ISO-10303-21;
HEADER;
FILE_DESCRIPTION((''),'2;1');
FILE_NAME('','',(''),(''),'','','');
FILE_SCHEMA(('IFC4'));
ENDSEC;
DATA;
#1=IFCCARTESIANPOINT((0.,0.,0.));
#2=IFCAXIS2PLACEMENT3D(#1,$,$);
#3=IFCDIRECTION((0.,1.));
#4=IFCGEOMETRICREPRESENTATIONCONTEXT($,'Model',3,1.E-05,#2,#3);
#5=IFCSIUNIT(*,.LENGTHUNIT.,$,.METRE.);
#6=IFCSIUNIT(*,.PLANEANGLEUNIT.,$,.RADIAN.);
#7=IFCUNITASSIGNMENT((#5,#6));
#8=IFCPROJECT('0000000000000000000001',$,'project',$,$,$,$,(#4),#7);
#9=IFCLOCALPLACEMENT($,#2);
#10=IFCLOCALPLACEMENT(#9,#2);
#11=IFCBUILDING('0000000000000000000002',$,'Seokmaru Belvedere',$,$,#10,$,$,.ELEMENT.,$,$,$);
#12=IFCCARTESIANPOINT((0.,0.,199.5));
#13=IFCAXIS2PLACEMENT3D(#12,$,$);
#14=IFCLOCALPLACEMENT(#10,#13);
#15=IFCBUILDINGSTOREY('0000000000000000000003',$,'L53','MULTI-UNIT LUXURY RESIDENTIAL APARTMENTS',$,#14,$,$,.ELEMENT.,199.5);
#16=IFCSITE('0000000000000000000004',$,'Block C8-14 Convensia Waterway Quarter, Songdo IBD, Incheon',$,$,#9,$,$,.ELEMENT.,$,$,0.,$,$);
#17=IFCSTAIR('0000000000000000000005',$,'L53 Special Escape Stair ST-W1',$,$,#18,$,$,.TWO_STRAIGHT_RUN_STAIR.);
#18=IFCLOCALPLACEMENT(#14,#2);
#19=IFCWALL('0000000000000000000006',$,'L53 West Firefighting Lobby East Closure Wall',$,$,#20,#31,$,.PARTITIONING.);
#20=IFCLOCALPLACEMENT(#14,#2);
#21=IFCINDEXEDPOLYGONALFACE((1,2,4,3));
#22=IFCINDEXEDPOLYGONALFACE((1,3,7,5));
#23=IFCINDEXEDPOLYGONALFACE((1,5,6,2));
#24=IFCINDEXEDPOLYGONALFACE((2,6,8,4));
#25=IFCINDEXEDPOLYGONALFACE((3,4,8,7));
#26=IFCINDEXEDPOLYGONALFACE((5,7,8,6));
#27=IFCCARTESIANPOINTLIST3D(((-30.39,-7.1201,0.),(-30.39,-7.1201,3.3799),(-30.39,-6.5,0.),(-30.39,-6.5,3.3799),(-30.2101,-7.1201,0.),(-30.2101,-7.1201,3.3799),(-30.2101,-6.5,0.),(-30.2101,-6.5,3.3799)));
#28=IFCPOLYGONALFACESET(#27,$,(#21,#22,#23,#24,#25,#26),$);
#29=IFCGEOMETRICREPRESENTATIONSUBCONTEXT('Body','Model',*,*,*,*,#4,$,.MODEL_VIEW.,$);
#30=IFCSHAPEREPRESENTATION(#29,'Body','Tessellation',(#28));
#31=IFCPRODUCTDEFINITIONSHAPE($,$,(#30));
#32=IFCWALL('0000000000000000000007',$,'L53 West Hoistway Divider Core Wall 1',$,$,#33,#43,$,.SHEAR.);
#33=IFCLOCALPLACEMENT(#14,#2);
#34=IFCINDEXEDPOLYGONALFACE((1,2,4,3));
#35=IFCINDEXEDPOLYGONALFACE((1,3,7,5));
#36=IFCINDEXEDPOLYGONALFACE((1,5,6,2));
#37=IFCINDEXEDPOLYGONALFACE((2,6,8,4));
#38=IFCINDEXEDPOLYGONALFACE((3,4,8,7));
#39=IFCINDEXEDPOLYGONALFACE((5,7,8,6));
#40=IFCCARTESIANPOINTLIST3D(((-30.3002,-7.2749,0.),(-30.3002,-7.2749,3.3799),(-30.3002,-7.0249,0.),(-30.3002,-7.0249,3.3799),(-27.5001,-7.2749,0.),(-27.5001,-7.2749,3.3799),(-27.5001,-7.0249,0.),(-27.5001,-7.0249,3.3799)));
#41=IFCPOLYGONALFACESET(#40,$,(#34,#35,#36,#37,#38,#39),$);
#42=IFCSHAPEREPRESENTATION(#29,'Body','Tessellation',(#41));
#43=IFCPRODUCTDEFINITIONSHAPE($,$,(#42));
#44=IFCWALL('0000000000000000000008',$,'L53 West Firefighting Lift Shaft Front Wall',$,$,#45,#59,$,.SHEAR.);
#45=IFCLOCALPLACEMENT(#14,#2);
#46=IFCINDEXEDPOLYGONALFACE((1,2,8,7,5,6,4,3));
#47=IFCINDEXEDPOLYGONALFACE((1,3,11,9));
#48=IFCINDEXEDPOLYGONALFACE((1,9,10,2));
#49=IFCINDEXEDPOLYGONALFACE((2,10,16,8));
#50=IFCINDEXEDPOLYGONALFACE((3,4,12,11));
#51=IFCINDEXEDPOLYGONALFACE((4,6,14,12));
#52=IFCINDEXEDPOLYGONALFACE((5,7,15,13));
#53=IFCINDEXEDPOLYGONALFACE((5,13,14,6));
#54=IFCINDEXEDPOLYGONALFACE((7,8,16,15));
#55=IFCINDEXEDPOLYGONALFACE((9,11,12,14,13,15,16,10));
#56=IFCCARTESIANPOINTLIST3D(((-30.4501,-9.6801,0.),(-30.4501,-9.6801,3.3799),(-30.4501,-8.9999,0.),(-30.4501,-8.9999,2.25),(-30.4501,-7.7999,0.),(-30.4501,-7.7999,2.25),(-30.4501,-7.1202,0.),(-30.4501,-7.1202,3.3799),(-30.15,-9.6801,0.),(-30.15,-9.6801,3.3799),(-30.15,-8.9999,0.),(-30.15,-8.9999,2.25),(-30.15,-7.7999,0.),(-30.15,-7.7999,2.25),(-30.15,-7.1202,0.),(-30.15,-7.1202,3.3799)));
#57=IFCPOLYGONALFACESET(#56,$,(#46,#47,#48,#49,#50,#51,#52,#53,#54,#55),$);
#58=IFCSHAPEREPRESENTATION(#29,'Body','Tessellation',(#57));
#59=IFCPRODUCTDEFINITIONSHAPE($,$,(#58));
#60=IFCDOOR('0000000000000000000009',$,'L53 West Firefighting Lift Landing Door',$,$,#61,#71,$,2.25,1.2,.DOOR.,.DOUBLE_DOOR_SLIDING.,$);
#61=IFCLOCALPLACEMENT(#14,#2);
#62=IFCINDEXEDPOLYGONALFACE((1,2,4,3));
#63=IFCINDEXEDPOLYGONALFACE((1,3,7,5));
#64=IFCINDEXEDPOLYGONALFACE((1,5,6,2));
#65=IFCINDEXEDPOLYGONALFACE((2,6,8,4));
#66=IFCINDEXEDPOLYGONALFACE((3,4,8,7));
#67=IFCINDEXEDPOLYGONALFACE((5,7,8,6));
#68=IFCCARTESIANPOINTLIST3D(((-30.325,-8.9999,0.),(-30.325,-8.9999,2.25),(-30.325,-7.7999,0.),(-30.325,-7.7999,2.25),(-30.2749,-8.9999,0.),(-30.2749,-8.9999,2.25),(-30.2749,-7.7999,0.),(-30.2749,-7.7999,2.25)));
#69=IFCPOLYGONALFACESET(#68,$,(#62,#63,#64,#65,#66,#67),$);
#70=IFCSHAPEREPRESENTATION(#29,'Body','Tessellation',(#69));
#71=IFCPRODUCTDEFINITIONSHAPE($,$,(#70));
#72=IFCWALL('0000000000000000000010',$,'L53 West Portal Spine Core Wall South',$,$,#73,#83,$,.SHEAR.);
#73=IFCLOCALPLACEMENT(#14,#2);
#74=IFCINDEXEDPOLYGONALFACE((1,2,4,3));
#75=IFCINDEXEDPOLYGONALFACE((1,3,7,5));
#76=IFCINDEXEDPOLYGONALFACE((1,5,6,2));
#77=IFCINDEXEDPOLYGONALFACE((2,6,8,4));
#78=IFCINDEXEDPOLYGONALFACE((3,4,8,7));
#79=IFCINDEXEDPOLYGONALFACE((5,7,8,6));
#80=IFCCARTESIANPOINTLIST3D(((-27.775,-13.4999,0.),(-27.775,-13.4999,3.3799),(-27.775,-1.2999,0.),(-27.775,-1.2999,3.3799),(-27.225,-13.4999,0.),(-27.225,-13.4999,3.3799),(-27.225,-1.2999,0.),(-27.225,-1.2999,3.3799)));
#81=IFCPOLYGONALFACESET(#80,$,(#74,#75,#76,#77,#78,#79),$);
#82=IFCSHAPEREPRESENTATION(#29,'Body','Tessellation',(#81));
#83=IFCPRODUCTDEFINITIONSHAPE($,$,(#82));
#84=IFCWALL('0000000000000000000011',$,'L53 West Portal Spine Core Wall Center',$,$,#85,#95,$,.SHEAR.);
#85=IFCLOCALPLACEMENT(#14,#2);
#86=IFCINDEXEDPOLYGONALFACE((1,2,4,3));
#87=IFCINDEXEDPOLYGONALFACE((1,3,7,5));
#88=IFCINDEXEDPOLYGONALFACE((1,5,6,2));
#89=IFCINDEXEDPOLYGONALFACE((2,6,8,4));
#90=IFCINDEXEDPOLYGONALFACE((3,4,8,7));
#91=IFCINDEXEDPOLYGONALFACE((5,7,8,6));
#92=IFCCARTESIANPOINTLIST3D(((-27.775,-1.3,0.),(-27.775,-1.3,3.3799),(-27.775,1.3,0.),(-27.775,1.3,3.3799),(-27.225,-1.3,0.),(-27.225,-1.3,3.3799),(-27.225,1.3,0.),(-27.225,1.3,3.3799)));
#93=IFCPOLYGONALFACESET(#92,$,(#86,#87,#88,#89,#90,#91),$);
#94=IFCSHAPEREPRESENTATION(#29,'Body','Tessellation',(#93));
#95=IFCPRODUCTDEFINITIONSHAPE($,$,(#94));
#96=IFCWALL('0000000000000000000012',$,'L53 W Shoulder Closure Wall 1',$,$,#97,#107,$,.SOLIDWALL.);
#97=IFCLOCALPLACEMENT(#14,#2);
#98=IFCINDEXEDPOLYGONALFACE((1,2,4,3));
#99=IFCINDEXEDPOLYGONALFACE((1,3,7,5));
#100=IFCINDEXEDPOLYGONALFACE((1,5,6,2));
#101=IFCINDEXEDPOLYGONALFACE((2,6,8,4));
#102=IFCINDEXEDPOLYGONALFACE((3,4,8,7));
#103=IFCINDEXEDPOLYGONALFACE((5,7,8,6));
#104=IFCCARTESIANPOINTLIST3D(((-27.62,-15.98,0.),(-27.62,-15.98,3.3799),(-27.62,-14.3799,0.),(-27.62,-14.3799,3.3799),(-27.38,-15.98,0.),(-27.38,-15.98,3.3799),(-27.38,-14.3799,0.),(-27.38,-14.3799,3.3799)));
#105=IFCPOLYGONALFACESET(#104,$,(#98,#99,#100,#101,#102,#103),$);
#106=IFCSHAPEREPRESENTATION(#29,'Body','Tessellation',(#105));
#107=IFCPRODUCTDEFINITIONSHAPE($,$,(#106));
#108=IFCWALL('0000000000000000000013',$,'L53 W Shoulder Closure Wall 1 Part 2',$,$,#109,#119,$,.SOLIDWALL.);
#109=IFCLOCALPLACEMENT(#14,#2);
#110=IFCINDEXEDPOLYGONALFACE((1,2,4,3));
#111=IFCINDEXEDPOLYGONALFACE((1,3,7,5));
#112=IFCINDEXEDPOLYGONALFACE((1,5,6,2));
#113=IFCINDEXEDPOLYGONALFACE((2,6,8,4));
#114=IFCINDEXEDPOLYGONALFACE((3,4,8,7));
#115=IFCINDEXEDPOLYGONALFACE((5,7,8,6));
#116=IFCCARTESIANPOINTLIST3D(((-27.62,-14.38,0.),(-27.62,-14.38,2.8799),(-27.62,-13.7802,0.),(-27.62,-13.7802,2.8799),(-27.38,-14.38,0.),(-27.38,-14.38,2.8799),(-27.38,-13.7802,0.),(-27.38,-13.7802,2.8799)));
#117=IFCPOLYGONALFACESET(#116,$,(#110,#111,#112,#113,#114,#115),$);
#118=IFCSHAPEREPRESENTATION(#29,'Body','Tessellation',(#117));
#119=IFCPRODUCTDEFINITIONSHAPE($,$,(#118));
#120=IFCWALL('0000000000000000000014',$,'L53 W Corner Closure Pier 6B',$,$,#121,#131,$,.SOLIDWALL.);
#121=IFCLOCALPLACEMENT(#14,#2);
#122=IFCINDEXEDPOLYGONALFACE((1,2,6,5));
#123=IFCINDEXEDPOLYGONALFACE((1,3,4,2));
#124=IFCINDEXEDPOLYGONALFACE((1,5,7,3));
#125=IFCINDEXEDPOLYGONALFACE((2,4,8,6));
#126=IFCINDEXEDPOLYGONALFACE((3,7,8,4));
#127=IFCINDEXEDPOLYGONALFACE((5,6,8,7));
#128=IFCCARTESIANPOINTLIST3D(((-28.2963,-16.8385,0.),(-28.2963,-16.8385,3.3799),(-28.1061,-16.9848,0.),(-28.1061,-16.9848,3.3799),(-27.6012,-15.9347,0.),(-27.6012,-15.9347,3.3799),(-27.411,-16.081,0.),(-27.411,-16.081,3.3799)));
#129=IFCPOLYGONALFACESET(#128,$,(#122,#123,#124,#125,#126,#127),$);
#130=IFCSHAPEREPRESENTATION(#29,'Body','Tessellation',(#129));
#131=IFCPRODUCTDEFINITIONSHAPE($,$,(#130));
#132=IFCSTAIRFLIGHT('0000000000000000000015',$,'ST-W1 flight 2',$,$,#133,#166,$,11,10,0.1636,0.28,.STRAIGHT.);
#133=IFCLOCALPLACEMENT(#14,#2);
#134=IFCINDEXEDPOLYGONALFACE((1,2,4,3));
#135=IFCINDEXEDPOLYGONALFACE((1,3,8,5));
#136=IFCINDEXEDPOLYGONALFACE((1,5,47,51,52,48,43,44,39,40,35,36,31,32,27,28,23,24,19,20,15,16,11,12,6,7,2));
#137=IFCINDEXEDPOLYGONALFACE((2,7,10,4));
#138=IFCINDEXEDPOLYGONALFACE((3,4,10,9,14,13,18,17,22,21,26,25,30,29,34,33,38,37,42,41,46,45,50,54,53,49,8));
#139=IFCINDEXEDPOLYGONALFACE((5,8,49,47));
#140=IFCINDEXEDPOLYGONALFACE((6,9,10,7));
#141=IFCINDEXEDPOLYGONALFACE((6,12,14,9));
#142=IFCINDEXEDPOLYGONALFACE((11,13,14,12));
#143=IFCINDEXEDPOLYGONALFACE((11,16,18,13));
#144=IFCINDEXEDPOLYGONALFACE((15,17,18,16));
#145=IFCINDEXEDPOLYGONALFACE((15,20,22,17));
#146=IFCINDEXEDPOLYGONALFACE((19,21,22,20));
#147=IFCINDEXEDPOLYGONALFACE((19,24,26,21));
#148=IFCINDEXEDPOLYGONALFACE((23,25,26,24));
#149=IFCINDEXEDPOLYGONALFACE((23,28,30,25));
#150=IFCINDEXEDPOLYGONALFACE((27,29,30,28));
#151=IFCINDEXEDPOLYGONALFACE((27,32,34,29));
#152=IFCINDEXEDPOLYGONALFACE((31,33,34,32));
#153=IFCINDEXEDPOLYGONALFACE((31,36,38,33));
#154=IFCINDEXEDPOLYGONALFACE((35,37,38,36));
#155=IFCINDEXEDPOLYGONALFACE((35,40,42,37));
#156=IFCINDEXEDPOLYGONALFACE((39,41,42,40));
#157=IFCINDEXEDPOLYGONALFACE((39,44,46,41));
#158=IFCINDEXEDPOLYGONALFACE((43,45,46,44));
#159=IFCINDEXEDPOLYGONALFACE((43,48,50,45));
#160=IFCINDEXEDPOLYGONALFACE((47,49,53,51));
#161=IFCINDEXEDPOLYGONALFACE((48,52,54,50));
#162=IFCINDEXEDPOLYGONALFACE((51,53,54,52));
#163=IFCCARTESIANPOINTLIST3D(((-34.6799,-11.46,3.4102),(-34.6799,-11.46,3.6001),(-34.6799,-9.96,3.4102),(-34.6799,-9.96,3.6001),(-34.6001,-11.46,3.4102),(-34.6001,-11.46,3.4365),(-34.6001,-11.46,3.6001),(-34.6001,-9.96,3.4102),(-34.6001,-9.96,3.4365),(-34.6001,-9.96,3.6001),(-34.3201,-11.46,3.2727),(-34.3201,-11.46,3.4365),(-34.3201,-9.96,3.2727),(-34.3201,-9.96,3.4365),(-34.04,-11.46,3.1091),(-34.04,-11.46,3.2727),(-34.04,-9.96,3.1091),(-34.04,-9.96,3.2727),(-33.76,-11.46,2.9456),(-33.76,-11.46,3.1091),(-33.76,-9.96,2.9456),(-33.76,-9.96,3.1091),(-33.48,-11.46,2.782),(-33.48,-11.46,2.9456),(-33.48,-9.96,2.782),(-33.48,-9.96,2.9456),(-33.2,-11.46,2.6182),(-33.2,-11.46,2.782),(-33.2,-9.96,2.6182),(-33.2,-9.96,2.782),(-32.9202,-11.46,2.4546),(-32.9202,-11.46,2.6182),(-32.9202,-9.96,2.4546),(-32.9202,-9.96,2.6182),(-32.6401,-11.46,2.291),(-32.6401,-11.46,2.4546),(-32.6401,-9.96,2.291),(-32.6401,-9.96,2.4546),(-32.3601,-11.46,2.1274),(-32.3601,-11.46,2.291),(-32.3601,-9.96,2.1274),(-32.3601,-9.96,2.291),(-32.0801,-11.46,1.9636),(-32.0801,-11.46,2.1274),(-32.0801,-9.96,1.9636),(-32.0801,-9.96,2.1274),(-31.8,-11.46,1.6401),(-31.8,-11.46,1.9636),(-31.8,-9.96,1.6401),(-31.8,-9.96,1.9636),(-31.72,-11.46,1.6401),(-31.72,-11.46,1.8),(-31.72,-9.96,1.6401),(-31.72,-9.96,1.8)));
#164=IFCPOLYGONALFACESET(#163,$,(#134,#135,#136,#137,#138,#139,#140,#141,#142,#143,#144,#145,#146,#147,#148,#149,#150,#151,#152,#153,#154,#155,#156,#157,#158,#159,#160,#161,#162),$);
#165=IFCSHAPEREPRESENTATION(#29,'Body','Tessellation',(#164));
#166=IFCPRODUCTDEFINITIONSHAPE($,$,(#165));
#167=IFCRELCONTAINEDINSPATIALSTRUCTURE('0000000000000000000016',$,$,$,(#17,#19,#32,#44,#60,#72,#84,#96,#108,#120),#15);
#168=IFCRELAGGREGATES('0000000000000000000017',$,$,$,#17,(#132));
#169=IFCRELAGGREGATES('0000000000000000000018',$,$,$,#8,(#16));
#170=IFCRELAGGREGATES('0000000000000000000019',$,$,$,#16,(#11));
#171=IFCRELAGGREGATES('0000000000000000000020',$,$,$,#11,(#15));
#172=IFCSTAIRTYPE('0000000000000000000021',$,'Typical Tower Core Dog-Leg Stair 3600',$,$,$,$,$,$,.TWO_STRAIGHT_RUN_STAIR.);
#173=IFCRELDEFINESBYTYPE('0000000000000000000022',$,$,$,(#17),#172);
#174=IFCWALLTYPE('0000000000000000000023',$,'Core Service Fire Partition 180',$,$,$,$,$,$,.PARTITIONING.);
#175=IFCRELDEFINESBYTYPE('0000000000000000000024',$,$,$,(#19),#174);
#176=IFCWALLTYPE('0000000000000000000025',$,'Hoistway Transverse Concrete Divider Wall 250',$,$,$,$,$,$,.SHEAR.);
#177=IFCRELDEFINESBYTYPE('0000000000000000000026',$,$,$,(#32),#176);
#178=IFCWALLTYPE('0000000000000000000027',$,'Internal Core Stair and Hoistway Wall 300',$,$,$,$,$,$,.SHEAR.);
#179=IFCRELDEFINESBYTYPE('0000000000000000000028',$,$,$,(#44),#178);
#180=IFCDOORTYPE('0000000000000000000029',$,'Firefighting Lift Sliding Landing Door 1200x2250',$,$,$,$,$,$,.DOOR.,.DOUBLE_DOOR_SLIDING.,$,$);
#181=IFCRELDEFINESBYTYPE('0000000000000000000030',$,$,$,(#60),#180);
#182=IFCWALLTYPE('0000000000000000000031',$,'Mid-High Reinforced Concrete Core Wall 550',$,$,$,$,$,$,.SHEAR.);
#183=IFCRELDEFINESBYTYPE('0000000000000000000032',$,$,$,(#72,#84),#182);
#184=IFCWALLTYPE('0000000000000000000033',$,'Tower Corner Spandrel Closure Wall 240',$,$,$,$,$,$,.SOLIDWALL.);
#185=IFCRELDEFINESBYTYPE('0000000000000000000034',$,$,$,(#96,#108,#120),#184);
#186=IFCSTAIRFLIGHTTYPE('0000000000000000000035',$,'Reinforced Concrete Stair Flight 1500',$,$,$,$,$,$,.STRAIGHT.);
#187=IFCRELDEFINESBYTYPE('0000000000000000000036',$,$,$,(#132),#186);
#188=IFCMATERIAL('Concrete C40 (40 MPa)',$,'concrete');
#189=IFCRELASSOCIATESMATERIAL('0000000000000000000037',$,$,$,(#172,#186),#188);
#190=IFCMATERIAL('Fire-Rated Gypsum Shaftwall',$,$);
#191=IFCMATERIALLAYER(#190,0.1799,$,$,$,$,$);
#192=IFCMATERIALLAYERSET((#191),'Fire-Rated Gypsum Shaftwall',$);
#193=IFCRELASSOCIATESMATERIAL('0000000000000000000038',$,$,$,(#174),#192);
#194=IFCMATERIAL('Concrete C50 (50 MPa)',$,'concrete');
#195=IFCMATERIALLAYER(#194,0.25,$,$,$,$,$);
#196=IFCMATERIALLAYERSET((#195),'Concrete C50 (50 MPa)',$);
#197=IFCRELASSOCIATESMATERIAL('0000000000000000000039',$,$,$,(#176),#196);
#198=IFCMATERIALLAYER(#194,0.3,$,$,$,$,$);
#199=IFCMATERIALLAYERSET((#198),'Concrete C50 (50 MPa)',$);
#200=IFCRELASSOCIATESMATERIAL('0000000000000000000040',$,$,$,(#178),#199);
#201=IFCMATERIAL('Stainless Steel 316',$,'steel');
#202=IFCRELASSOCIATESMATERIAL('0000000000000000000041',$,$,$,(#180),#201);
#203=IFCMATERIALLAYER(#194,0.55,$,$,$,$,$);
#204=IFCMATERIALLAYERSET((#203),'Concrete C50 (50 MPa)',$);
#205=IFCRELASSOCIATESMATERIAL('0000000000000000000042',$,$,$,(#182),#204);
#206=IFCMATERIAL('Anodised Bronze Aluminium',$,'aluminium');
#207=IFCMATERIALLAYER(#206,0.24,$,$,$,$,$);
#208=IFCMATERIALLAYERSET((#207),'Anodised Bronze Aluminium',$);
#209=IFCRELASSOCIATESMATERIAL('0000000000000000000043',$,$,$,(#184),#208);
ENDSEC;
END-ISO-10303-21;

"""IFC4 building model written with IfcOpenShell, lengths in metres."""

from ifc_helpers import new_model, si_unit, direction, frame, frame_2d, origin, place, context, subcontext, project, spatial, polyline, rectangle, outline, extrude, source, transform, mapped, material, layer, layer_set, type_object, type_shapes, element, fill, aggregate, save


model = new_model("IFC4")

# Units and contexts
model_context = context("Model", 3, precision=1e-05, world=origin(), true_north=direction((0.0, 1.0)))
body_context = subcontext(model_context, "Body", "Model", "MODEL_VIEW")
ifc_project = project(units=[si_unit("LENGTHUNIT", "METRE"), si_unit("PLANEANGLEUNIT", "RADIAN")], contexts=[model_context])

# Site, building, storey
site_placement = place(None, origin())
site = spatial("IfcSite", under=ifc_project, at=site_placement, Name="Block C8-14 Convensia Waterway Quarter, Songdo IBD, Incheon", CompositionType="ELEMENT", RefElevation=0.0)
building_placement = place(site_placement, origin())
building = spatial("IfcBuilding", under=site, at=building_placement, Name="Seokmaru Belvedere", CompositionType="ELEMENT")
storey_placement = place(building_placement, frame((0.0, 0.0, 199.5)))
storey = spatial("IfcBuildingStorey", under=building, at=storey_placement, Name="L53", Description="MULTI-UNIT LUXURY RESIDENTIAL APARTMENTS", CompositionType="ELEMENT", Elevation=199.5)

# Shared definitions
ifc_material_1 = material(Name="Anodised Bronze Aluminium", Category="aluminium")

# Stair
ifc_material_2 = material(Name="Concrete C40 (40 MPa)", Category="concrete")
stair_type = type_object("IfcStairType", Name="Typical Tower Core Dog-Leg Stair 3600", PredefinedType="TWO_STRAIGHT_RUN_STAIR", material=ifc_material_2)
stair_1_placement = place(storey_placement, origin())
stair_1 = element("IfcStair", 1, at=stair_1_placement, inside=storey, type_object=stair_type, Name="L53 Special Escape Stair ST-W1", PredefinedType="TWO_STRAIGHT_RUN_STAIR")

# Walls
ifc_material_3 = material(Name="Fire-Rated Gypsum Shaftwall")
ifc_layer_1 = layer(ifc_material_3, 0.1799)
ifc_layer_set_1 = layer_set([ifc_layer_1], Name="Fire-Rated Gypsum Shaftwall")
wall_type_1 = type_object("IfcWallType", Name="Core Service Fire Partition 180", PredefinedType="PARTITIONING", material=ifc_layer_set_1)
wall_1_placement = place(storey_placement, frame((-30.3, -7.1201, 0.0), z_axis=(0.0, 0.0, 1.0), x_axis=(0.0, 1.0, 0.0)))
element("IfcWall", 2, at=wall_1_placement, inside=storey, type_object=wall_type_1, Name="L53 West Firefighting Lobby East Closure Wall", PredefinedType="PARTITIONING", context=body_context, shape_type="SweptSolid", body=[
    extrude(rectangle(XDim=0.6201, YDim=0.1799, at=frame_2d((0.3101, 0.0))), origin(), (0.0, 0.0, 1.0), 3.3799),
])
ifc_material_4 = material(Name="Concrete C50 (50 MPa)", Category="concrete")
ifc_layer_2 = layer(ifc_material_4, 0.25)
ifc_layer_set_2 = layer_set([ifc_layer_2], Name="Concrete C50 (50 MPa)")
wall_type_2 = type_object("IfcWallType", Name="Hoistway Transverse Concrete Divider Wall 250", PredefinedType="SHEAR", material=ifc_layer_set_2)
wall_2_placement = place(storey_placement, frame((-30.3, -7.1499, 0.0), z_axis=(0.0, 0.0, 1.0), x_axis=(1.0, 0.0, 0.0)))
element("IfcWall", 3, at=wall_2_placement, inside=storey, type_object=wall_type_2, Name="L53 West Hoistway Divider Core Wall 1", PredefinedType="SHEAR", context=body_context, shape_type="SweptSolid", body=[
    extrude(rectangle(XDim=2.8, YDim=0.25, at=frame_2d((1.3999, 0.0))), origin(), (0.0, 0.0, 1.0), 3.3799),
])

# Wall, opening, door
ifc_layer_3 = layer(ifc_material_4, 0.3)
ifc_layer_set_3 = layer_set([ifc_layer_3], Name="Concrete C50 (50 MPa)")
wall_type_3 = type_object("IfcWallType", Name="Internal Core Stair and Hoistway Wall 300", PredefinedType="SHEAR", material=ifc_layer_set_3)
wall_3_placement = place(storey_placement, frame((-30.3, -9.6799, 0.0), z_axis=(0.0, 0.0, 1.0), x_axis=(0.0, 1.0, 0.0)))
wall_3 = element("IfcWall", 4, at=wall_3_placement, inside=storey, type_object=wall_type_3, Name="L53 West Firefighting Lift Shaft Front Wall", PredefinedType="SHEAR", context=body_context, shape_type="SweptSolid", body=[
    extrude(rectangle(XDim=2.5598, YDim=0.3, at=frame_2d((1.2798, 0.0))), origin(), (0.0, 0.0, 1.0), 3.3799),
])
opening_placement = place(wall_3_placement, frame((0.6799, 0.0, 0.0)))
opening = element("IfcOpeningElement", 5, at=opening_placement, cuts=wall_3, PredefinedType="OPENING", context=body_context, shape_type="SweptSolid", body=[
    extrude(rectangle(XDim=1.2, YDim=2.25, at=frame_2d((0.6001, 1.125))), frame((0.0, 0.1602, 0.0), z_axis=(0.0, -1.0, 0.0), x_axis=(1.0, 0.0, 0.0)), (0.0, 0.0, 1.0), 0.3201),
])
ifc_material_5 = material(Name="Stainless Steel 316", Category="steel")
door_type = type_object("IfcDoorType", Name="Firefighting Lift Sliding Landing Door 1200x2250", OperationType="DOUBLE_DOOR_SLIDING", PredefinedType="DOOR", material=ifc_material_5)
shared_shape_1 = source(origin(), body_context, "Body", "SweptSolid", [
    extrude(rectangle(XDim=1.2, YDim=2.25, at=frame_2d((0.6001, 1.125))), frame((0.0, 0.0249, 0.0), z_axis=(0.0, -1.0, 0.0), x_axis=(1.0, 0.0, 0.0)), (0.0, 0.0, 1.0), 0.05),
])
type_shapes(door_type, [shared_shape_1])
door_placement = place(opening_placement, origin())
door = element("IfcDoor", 6, at=door_placement, inside=storey, type_object=door_type, Name="L53 West Firefighting Lift Landing Door", OperationType="DOUBLE_DOOR_SLIDING", OverallHeight=2.25, OverallWidth=1.2, PredefinedType="DOOR", context=body_context, shape_type="MappedRepresentation", body=[
    mapped(shared_shape_1, transform((0.0, 0.0, 0.0), scale=1.0)),
])
fill(opening, door)

# Walls
ifc_layer_4 = layer(ifc_material_4, 0.55)
ifc_layer_set_4 = layer_set([ifc_layer_4], Name="Concrete C50 (50 MPa)")
wall_type_4 = type_object("IfcWallType", Name="Mid-High Reinforced Concrete Core Wall 550", PredefinedType="SHEAR", material=ifc_layer_set_4)
wall_4_placement = place(storey_placement, frame((-27.5, -13.5, 0.0), z_axis=(0.0, 0.0, 1.0), x_axis=(0.0, 1.0, 0.0)))
element("IfcWall", 7, at=wall_4_placement, inside=storey, type_object=wall_type_4, Name="L53 West Portal Spine Core Wall South", PredefinedType="SHEAR", context=body_context, shape_type="SweptSolid", body=[
    extrude(rectangle(XDim=12.2, YDim=0.55, at=frame_2d((6.1001, 0.0))), origin(), (0.0, 0.0, 1.0), 3.3799),
])
wall_5_placement = place(storey_placement, frame((-27.5, -1.3, 0.0), z_axis=(0.0, 0.0, 1.0), x_axis=(0.0, 1.0, 0.0)))
element("IfcWall", 8, at=wall_5_placement, inside=storey, type_object=wall_type_4, Name="L53 West Portal Spine Core Wall Center", PredefinedType="SHEAR", context=body_context, shape_type="SweptSolid", body=[
    extrude(rectangle(XDim=2.6001, YDim=0.55, at=frame_2d((1.3, 0.0))), origin(), (0.0, 0.0, 1.0), 3.3799),
])
ifc_layer_5 = layer(ifc_material_1, 0.24)
ifc_layer_set_5 = layer_set([ifc_layer_5], Name="Anodised Bronze Aluminium")
wall_type_5 = type_object("IfcWallType", Name="Tower Corner Spandrel Closure Wall 240", PredefinedType="SOLIDWALL", material=ifc_layer_set_5)
wall_6_placement = place(storey_placement, frame((-27.5, -15.98, 0.0), z_axis=(0.0, 0.0, 1.0), x_axis=(0.0, 1.0, 0.0)))
element("IfcWall", 9, at=wall_6_placement, inside=storey, type_object=wall_type_5, Name="L53 W Shoulder Closure Wall 1", PredefinedType="SOLIDWALL", context=body_context, shape_type="SweptSolid", body=[
    extrude(rectangle(XDim=1.6001, YDim=0.24, at=frame_2d((0.8, 0.0))), origin(), (0.0, 0.0, 1.0), 3.3799),
])
wall_7_placement = place(storey_placement, frame((-27.5, -14.3799, 0.0), z_axis=(0.0, 0.0, 1.0), x_axis=(0.0, 1.0, 0.0)))
element("IfcWall", 10, at=wall_7_placement, inside=storey, type_object=wall_type_5, Name="L53 W Shoulder Closure Wall 1 Part 2", PredefinedType="SOLIDWALL", context=body_context, shape_type="SweptSolid", body=[
    extrude(rectangle(XDim=0.5999, YDim=0.24, at=frame_2d((0.2998, 0.0))), origin(), (0.0, 0.0, 1.0), 2.8799),
])
wall_8_placement = place(storey_placement, frame((-28.2012, -16.9116, 0.0), z_axis=(0.0, 0.0, 1.0), x_axis=(0.609618, 0.792696, 0.0)))
element("IfcWall", 11, at=wall_8_placement, inside=storey, type_object=wall_type_5, Name="L53 W Corner Closure Pier 6B", PredefinedType="SOLIDWALL", context=body_context, shape_type="SweptSolid", body=[
    extrude(rectangle(XDim=1.1401, YDim=0.24, at=frame_2d((0.5701, 0.0))), origin(), (0.0, 0.0, 1.0), 3.3799),
])

# Stair flight
stair_flight_type = type_object("IfcStairFlightType", Name="Reinforced Concrete Stair Flight 1500", PredefinedType="STRAIGHT", material=ifc_material_2)
stair_flight_placement = place(storey_placement, frame((-31.8, -10.71, 1.8), z_axis=(0.0, 0.0, 1.0), x_axis=(-1.0, 0.0, 0.0)))
stair_flight = element("IfcStairFlight", 12, at=stair_flight_placement, type_object=stair_flight_type, Name="ST-W1 flight 2", NumberOfRisers=11, NumberOfTreads=10, PredefinedType="STRAIGHT", RiserHeight=0.1636, TreadLength=0.28, context=body_context, shape_type="SweptSolid", body=[
    extrude(outline(polyline([(-0.0801, 0.0), (0.0, 0.1636), (0.28, 0.1636), (0.28, 0.3274), (0.5601, 0.3274), (0.5601, 0.491), (0.8401, 0.491), (0.8401, 0.6545), (1.1201, 0.6545), (1.1201, 0.8181), (1.3999, 0.8181), (1.3999, 0.9819), (1.6799, 0.9819), (1.6799, 1.1455), (1.96, 1.1455), (1.96, 1.3091), (2.24, 1.3091), (2.24, 1.4727), (2.52, 1.4727), (2.52, 1.6365), (2.8, 1.6365), (2.8, 1.8), (2.8799, 1.8), (2.8799, 1.6101), (2.8, 1.6101), (0.0, -0.1599), (-0.0801, -0.1599), (-0.0801, 0.0)])), frame((0.0, 0.75, 0.0), z_axis=(0.0, -1.0, 0.0), x_axis=(1.0, 0.0, 0.0)), (0.0, 0.0, 1.0), 1.5),
])
aggregate(stair_1, [stair_flight])

save(model, "model.ifc")
